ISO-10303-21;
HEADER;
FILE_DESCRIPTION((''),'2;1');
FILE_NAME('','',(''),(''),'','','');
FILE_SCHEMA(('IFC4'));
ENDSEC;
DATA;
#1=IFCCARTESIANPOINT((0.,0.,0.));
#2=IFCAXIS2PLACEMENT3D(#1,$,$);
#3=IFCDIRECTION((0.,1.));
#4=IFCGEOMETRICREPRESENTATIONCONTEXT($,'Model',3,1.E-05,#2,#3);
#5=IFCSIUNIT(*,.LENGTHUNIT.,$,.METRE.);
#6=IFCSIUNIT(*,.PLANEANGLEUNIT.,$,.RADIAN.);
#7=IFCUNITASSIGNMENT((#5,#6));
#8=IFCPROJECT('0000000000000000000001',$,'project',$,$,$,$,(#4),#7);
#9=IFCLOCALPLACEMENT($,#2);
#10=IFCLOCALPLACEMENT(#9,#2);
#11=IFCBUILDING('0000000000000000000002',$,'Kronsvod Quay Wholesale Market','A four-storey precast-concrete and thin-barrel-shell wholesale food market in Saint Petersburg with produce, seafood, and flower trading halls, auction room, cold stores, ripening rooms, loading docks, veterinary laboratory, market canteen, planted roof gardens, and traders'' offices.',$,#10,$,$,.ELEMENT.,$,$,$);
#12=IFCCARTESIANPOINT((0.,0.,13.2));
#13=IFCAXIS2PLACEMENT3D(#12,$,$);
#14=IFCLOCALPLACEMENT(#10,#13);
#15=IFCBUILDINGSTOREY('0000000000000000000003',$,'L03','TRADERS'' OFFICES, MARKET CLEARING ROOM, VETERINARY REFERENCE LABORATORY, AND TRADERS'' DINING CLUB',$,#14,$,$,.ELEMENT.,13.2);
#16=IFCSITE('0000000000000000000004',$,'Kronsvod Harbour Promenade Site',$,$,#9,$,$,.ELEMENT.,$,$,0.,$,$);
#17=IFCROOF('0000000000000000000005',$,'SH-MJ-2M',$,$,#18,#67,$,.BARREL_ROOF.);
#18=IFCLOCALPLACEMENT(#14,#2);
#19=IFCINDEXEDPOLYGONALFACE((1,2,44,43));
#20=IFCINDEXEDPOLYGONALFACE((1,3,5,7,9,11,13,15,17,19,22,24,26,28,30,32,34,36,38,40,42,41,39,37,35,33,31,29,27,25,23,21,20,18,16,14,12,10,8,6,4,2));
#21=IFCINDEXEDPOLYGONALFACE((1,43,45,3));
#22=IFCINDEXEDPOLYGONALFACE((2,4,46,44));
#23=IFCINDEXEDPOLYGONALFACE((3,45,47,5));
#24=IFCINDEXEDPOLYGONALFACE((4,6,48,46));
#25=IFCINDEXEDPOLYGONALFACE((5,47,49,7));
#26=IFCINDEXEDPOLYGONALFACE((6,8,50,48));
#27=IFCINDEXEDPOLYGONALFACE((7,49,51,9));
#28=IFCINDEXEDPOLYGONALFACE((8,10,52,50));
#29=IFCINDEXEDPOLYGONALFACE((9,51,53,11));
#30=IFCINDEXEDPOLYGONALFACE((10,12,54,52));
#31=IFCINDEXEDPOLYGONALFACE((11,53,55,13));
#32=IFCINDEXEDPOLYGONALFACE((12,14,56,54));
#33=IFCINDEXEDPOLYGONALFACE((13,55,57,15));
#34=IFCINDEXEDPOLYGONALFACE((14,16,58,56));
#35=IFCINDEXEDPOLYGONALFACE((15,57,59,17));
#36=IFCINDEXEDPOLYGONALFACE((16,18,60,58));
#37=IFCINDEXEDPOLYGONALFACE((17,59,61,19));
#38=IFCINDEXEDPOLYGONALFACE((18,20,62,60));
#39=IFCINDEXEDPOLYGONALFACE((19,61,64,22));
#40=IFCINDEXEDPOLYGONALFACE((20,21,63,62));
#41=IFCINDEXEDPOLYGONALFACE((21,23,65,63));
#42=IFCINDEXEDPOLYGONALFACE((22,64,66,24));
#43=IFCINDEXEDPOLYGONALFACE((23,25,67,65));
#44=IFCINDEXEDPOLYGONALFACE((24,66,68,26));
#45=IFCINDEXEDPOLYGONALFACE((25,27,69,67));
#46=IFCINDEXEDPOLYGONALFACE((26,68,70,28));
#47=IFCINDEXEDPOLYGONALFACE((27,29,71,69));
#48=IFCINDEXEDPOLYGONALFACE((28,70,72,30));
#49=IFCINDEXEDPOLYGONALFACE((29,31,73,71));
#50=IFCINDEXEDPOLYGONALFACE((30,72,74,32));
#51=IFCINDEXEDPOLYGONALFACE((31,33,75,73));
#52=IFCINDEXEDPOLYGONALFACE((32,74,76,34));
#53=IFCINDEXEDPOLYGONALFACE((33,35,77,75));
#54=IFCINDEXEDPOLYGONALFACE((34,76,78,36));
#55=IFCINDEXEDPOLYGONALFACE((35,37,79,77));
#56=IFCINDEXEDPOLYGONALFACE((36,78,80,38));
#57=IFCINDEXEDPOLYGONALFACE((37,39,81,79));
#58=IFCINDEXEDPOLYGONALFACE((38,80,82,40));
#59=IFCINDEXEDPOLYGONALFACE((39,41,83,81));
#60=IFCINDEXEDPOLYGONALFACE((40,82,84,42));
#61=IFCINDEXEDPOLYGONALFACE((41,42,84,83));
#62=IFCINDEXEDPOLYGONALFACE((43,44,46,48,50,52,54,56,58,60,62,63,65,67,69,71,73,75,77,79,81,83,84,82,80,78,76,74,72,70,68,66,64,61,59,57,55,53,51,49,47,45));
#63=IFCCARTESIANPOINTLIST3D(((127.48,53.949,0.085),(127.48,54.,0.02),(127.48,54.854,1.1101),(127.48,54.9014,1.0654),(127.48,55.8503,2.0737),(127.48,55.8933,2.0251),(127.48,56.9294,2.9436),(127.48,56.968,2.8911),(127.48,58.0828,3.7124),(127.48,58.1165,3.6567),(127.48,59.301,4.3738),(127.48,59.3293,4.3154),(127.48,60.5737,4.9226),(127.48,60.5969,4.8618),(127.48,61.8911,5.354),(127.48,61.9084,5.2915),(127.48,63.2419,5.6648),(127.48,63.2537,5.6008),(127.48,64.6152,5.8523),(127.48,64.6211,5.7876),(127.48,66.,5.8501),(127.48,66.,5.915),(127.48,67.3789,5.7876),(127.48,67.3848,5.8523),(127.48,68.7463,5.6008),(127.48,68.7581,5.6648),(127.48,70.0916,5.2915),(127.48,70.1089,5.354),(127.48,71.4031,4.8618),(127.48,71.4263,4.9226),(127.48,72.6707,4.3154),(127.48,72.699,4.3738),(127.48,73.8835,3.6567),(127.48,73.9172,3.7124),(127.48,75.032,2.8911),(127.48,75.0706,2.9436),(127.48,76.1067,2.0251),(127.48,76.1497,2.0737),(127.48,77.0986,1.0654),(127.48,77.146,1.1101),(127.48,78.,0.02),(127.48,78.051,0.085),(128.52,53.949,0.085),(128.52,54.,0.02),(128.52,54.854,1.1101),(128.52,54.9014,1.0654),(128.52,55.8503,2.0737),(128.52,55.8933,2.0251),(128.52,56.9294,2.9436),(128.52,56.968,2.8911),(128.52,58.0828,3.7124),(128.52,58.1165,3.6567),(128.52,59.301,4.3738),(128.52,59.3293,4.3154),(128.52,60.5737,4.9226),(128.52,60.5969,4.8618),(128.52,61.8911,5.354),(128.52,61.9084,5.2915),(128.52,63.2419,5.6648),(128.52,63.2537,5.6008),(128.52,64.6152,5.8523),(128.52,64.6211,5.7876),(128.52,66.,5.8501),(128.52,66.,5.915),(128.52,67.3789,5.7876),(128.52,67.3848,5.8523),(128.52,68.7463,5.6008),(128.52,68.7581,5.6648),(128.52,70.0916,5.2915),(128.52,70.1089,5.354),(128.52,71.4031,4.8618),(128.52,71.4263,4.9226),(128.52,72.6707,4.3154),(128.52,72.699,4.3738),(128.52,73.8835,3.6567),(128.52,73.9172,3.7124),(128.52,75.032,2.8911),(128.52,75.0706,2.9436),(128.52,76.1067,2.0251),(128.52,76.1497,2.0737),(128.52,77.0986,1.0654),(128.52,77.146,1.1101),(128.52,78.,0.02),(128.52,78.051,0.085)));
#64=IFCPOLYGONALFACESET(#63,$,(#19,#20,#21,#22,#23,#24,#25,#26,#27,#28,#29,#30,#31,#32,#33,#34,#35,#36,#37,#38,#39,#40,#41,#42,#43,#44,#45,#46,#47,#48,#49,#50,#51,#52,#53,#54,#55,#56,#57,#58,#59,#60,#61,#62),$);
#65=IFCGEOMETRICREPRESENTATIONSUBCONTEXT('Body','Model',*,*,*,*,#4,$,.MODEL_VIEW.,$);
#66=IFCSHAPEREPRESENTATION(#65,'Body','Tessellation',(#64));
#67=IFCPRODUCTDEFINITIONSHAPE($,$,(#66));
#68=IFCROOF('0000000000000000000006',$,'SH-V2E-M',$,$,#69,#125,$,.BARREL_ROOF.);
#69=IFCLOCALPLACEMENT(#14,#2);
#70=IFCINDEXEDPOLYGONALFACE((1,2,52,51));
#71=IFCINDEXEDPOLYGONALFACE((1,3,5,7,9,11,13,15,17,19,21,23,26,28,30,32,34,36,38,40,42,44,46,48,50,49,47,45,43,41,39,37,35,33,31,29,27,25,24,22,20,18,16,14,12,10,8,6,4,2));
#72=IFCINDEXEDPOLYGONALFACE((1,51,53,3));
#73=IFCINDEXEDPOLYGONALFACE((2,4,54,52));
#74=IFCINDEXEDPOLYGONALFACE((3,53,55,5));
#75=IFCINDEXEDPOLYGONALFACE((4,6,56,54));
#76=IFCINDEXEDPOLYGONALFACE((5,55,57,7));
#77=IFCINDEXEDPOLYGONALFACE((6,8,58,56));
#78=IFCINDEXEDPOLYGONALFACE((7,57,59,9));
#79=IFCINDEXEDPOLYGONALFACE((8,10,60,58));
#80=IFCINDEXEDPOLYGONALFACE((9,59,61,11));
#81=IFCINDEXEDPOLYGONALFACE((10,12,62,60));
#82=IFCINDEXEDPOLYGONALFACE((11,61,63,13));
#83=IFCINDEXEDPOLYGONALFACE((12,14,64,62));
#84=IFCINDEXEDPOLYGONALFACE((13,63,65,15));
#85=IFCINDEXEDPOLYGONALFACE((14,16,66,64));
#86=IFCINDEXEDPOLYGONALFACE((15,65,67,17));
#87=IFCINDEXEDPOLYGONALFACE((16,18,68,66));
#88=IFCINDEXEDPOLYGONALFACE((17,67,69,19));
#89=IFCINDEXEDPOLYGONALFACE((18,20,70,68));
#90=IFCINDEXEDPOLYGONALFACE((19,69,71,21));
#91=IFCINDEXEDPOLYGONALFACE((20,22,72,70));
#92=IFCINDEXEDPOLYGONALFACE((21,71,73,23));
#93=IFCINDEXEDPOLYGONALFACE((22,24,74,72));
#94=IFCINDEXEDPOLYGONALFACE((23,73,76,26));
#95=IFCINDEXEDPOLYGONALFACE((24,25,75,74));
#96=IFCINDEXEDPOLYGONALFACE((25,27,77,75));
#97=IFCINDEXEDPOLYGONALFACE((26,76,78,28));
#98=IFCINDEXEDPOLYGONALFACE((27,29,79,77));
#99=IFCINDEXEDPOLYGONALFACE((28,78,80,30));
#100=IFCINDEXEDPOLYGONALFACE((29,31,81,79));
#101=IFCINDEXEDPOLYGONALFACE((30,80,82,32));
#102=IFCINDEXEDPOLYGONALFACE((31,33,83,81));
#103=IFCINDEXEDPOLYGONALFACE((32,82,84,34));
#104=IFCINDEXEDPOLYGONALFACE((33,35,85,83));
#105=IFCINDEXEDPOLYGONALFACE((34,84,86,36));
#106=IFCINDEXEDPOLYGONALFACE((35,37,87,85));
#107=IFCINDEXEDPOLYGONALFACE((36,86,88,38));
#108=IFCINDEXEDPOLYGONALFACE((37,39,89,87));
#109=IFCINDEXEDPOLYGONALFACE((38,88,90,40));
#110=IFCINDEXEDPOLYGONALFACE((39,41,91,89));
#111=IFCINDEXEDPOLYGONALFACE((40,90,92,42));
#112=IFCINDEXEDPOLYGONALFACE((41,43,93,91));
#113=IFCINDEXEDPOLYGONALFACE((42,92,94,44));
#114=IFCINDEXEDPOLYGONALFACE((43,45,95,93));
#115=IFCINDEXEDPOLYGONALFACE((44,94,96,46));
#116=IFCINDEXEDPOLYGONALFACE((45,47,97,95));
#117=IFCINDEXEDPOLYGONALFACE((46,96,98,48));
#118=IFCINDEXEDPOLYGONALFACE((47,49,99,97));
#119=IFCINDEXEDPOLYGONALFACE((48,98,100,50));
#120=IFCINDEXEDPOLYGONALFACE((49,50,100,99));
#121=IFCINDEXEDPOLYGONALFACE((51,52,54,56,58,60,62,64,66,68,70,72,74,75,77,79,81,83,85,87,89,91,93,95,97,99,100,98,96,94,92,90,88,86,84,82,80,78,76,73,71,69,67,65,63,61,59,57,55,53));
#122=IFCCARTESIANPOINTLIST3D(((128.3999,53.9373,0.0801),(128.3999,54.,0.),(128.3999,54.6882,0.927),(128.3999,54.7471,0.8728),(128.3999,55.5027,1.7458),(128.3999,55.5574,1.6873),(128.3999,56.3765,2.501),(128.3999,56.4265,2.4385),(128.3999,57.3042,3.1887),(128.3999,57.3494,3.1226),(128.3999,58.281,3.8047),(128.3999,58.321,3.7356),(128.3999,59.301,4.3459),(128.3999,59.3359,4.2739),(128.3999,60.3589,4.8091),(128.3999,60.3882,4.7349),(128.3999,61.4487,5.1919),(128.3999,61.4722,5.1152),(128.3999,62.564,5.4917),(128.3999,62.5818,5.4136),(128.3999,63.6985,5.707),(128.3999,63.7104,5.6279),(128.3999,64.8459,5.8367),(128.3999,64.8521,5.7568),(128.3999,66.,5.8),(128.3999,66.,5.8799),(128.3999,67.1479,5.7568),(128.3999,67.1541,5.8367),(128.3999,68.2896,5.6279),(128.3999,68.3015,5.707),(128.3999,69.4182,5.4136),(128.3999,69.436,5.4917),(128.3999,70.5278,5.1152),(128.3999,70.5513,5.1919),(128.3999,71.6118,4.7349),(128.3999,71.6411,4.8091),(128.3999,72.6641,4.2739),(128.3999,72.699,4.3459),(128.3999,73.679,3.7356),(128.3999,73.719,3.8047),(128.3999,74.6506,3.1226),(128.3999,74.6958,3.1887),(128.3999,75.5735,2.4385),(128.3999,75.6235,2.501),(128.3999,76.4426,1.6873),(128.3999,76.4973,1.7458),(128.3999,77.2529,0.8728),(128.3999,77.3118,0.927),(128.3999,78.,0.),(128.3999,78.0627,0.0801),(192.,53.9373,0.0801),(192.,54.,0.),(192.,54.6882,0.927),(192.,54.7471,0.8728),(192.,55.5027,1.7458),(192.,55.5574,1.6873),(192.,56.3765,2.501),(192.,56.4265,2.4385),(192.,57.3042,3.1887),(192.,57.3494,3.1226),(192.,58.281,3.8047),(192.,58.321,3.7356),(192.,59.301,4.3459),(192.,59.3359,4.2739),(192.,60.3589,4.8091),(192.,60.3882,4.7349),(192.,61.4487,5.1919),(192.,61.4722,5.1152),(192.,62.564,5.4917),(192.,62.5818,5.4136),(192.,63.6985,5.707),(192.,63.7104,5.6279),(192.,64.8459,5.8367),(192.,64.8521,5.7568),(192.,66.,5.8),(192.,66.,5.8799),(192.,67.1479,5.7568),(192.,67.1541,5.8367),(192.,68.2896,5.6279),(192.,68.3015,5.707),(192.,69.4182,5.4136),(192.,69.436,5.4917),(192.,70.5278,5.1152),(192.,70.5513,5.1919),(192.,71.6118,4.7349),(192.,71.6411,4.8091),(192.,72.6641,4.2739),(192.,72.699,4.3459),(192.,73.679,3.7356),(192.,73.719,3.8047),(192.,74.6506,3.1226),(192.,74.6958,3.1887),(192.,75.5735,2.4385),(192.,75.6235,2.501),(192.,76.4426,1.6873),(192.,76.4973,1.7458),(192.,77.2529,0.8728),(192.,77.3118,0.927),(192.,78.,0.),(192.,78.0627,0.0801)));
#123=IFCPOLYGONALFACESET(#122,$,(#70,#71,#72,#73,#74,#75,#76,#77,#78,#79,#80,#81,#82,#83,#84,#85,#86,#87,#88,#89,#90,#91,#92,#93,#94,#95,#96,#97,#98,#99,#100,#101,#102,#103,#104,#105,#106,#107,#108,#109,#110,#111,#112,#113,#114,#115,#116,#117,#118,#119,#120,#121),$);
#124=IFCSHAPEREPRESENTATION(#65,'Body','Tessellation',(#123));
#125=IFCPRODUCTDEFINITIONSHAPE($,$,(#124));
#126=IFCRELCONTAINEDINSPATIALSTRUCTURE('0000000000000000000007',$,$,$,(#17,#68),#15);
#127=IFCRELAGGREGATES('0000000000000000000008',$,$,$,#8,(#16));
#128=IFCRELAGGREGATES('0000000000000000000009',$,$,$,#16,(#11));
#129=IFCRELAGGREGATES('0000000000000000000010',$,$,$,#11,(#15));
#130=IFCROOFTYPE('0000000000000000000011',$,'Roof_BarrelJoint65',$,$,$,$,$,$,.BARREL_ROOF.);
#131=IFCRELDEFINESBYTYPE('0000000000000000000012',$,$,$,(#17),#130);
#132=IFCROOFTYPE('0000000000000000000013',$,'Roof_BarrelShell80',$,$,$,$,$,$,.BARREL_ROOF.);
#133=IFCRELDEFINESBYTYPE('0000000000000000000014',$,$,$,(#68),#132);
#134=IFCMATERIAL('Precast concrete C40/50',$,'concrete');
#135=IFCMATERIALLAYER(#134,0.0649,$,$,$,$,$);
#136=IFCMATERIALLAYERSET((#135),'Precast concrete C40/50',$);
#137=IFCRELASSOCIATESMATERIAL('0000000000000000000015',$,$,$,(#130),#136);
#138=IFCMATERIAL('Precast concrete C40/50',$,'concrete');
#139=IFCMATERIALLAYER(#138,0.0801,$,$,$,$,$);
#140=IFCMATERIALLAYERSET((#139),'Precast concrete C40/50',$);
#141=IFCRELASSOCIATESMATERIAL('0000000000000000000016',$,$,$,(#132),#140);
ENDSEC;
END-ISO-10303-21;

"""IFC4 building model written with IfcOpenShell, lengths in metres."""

from ifc_helpers import new_model, si_unit, direction, frame, origin, place, context, subcontext, project, spatial, polyline, outline, extrude, material, layer, layer_set, type_object, element, save


model = new_model("IFC4")

# Units and contexts
model_context = context("Model", 3, precision=1e-05, world=origin(), true_north=direction((0.0, 1.0)))
body_context = subcontext(model_context, "Body", "Model", "MODEL_VIEW")
ifc_project = project(units=[si_unit("LENGTHUNIT", "METRE"), si_unit("PLANEANGLEUNIT", "RADIAN")], contexts=[model_context])

# Site, building, storey
site_placement = place(None, origin())
site = spatial("IfcSite", under=ifc_project, at=site_placement, Name="Kronsvod Harbour Promenade Site", CompositionType="ELEMENT", RefElevation=0.0)
building_placement = place(site_placement, origin())
building = spatial("IfcBuilding", under=site, at=building_placement, Name="Kronsvod Quay Wholesale Market", Description="A four-storey precast-concrete and thin-barrel-shell wholesale food market in Saint Petersburg with produce, seafood, and flower trading halls, auction room, cold stores, ripening rooms, loading docks, veterinary laboratory, market canteen, planted roof gardens, and traders' offices.", CompositionType="ELEMENT")
storey_placement = place(building_placement, frame((0.0, 0.0, 13.2)))
storey = spatial("IfcBuildingStorey", under=building, at=storey_placement, Name="L03", Description="TRADERS' OFFICES, MARKET CLEARING ROOM, VETERINARY REFERENCE LABORATORY, AND TRADERS' DINING CLUB", CompositionType="ELEMENT", Elevation=13.2)

# Roofs
ifc_material_1 = material(Name="Precast concrete C40/50", Category="concrete")
ifc_layer_1 = layer(ifc_material_1, 0.0649)
ifc_layer_set_1 = layer_set([ifc_layer_1], Name="Precast concrete C40/50")
roof_type_1 = type_object("IfcRoofType", Name="Roof_BarrelJoint65", PredefinedType="BARREL_ROOF", material=ifc_layer_set_1)
roof_1_placement = place(storey_placement, frame((127.48, 66.0, 0.02), z_axis=(1.0, 0.0, 0.0), x_axis=(0.0, 1.0, 0.0)))
element("IfcRoof", 1, at=roof_1_placement, inside=storey, type_object=roof_type_1, Name="SH-MJ-2M", PredefinedType="BARREL_ROOF", context=body_context, shape_type="SweptSolid", body=[
    extrude(outline(polyline([(-12.0, 0.0), (-11.0986, 1.0454), (-10.1067, 2.0051), (-9.032, 2.8711), (-7.8835, 3.6367), (-6.6707, 4.2954), (-5.4031, 4.8418), (-4.0916, 5.2715), (-2.7463, 5.5808), (-1.3789, 5.7676), (0.0, 5.8301), (1.3789, 5.7676), (2.7463, 5.5808), (4.0916, 5.2715), (5.4031, 4.8418), (6.6707, 4.2954), (7.8835, 3.6367), (9.032, 2.8711), (10.1067, 2.0051), (11.0986, 1.0454), (12.0, 0.0), (12.051, 0.0649), (11.146, 1.0901), (10.1497, 2.0537), (9.0706, 2.9236), (7.9172, 3.6924), (6.699, 4.3538), (5.4263, 4.9026), (4.1089, 5.334), (2.7581, 5.6448), (1.3848, 5.8323), (0.0, 5.895), (-1.3848, 5.8323), (-2.7581, 5.6448), (-4.1089, 5.334), (-5.4263, 4.9026), (-6.699, 4.3538), (-7.9172, 3.6924), (-9.0706, 2.9236), (-10.1497, 2.0537), (-11.146, 1.0901), (-12.051, 0.0649), (-12.0, 0.0)])), origin(), (0.0, 0.0, 1.0), 1.04),
])
ifc_material_2 = material(Name="Precast concrete C40/50", Category="concrete")
ifc_layer_2 = layer(ifc_material_2, 0.0801)
ifc_layer_set_2 = layer_set([ifc_layer_2], Name="Precast concrete C40/50")
roof_type_2 = type_object("IfcRoofType", Name="Roof_BarrelShell80", PredefinedType="BARREL_ROOF", material=ifc_layer_set_2)
roof_2_placement = place(storey_placement, frame((128.3999, 66.0, 0.0), z_axis=(1.0, 0.0, 0.0), x_axis=(0.0, 1.0, 0.0)))
element("IfcRoof", 2, at=roof_2_placement, inside=storey, type_object=roof_type_2, Name="SH-V2E-M", PredefinedType="BARREL_ROOF", context=body_context, shape_type="SweptSolid", body=[
    extrude(outline(polyline([(-12.0, 0.0), (-11.2529, 0.8728), (-10.4426, 1.6873), (-9.5735, 2.4385), (-8.6506, 3.1226), (-7.679, 3.7356), (-6.6641, 4.2739), (-5.6118, 4.7349), (-4.5278, 5.1152), (-3.4182, 5.4136), (-2.2896, 5.6279), (-1.1479, 5.7568), (0.0, 5.8), (1.1479, 5.7568), (2.2896, 5.6279), (3.4182, 5.4136), (4.5278, 5.1152), (5.6118, 4.7349), (6.6641, 4.2739), (7.679, 3.7356), (8.6506, 3.1226), (9.5735, 2.4385), (10.4426, 1.6873), (11.2529, 0.8728), (12.0, 0.0), (12.0627, 0.0801), (11.3118, 0.927), (10.4973, 1.7458), (9.6235, 2.501), (8.6958, 3.1887), (7.719, 3.8047), (6.699, 4.3459), (5.6411, 4.8091), (4.5513, 5.1919), (3.436, 5.4917), (2.3015, 5.707), (1.1541, 5.8367), (0.0, 5.8799), (-1.1541, 5.8367), (-2.3015, 5.707), (-3.436, 5.4917), (-4.5513, 5.1919), (-5.6411, 4.8091), (-6.699, 4.3459), (-7.719, 3.8047), (-8.6958, 3.1887), (-9.6235, 2.501), (-10.4973, 1.7458), (-11.3118, 0.927), (-12.0627, 0.0801), (-12.0, 0.0)])), origin(), (0.0, 0.0, 1.0), 63.6001),
])

save(model, "model.ifc")
